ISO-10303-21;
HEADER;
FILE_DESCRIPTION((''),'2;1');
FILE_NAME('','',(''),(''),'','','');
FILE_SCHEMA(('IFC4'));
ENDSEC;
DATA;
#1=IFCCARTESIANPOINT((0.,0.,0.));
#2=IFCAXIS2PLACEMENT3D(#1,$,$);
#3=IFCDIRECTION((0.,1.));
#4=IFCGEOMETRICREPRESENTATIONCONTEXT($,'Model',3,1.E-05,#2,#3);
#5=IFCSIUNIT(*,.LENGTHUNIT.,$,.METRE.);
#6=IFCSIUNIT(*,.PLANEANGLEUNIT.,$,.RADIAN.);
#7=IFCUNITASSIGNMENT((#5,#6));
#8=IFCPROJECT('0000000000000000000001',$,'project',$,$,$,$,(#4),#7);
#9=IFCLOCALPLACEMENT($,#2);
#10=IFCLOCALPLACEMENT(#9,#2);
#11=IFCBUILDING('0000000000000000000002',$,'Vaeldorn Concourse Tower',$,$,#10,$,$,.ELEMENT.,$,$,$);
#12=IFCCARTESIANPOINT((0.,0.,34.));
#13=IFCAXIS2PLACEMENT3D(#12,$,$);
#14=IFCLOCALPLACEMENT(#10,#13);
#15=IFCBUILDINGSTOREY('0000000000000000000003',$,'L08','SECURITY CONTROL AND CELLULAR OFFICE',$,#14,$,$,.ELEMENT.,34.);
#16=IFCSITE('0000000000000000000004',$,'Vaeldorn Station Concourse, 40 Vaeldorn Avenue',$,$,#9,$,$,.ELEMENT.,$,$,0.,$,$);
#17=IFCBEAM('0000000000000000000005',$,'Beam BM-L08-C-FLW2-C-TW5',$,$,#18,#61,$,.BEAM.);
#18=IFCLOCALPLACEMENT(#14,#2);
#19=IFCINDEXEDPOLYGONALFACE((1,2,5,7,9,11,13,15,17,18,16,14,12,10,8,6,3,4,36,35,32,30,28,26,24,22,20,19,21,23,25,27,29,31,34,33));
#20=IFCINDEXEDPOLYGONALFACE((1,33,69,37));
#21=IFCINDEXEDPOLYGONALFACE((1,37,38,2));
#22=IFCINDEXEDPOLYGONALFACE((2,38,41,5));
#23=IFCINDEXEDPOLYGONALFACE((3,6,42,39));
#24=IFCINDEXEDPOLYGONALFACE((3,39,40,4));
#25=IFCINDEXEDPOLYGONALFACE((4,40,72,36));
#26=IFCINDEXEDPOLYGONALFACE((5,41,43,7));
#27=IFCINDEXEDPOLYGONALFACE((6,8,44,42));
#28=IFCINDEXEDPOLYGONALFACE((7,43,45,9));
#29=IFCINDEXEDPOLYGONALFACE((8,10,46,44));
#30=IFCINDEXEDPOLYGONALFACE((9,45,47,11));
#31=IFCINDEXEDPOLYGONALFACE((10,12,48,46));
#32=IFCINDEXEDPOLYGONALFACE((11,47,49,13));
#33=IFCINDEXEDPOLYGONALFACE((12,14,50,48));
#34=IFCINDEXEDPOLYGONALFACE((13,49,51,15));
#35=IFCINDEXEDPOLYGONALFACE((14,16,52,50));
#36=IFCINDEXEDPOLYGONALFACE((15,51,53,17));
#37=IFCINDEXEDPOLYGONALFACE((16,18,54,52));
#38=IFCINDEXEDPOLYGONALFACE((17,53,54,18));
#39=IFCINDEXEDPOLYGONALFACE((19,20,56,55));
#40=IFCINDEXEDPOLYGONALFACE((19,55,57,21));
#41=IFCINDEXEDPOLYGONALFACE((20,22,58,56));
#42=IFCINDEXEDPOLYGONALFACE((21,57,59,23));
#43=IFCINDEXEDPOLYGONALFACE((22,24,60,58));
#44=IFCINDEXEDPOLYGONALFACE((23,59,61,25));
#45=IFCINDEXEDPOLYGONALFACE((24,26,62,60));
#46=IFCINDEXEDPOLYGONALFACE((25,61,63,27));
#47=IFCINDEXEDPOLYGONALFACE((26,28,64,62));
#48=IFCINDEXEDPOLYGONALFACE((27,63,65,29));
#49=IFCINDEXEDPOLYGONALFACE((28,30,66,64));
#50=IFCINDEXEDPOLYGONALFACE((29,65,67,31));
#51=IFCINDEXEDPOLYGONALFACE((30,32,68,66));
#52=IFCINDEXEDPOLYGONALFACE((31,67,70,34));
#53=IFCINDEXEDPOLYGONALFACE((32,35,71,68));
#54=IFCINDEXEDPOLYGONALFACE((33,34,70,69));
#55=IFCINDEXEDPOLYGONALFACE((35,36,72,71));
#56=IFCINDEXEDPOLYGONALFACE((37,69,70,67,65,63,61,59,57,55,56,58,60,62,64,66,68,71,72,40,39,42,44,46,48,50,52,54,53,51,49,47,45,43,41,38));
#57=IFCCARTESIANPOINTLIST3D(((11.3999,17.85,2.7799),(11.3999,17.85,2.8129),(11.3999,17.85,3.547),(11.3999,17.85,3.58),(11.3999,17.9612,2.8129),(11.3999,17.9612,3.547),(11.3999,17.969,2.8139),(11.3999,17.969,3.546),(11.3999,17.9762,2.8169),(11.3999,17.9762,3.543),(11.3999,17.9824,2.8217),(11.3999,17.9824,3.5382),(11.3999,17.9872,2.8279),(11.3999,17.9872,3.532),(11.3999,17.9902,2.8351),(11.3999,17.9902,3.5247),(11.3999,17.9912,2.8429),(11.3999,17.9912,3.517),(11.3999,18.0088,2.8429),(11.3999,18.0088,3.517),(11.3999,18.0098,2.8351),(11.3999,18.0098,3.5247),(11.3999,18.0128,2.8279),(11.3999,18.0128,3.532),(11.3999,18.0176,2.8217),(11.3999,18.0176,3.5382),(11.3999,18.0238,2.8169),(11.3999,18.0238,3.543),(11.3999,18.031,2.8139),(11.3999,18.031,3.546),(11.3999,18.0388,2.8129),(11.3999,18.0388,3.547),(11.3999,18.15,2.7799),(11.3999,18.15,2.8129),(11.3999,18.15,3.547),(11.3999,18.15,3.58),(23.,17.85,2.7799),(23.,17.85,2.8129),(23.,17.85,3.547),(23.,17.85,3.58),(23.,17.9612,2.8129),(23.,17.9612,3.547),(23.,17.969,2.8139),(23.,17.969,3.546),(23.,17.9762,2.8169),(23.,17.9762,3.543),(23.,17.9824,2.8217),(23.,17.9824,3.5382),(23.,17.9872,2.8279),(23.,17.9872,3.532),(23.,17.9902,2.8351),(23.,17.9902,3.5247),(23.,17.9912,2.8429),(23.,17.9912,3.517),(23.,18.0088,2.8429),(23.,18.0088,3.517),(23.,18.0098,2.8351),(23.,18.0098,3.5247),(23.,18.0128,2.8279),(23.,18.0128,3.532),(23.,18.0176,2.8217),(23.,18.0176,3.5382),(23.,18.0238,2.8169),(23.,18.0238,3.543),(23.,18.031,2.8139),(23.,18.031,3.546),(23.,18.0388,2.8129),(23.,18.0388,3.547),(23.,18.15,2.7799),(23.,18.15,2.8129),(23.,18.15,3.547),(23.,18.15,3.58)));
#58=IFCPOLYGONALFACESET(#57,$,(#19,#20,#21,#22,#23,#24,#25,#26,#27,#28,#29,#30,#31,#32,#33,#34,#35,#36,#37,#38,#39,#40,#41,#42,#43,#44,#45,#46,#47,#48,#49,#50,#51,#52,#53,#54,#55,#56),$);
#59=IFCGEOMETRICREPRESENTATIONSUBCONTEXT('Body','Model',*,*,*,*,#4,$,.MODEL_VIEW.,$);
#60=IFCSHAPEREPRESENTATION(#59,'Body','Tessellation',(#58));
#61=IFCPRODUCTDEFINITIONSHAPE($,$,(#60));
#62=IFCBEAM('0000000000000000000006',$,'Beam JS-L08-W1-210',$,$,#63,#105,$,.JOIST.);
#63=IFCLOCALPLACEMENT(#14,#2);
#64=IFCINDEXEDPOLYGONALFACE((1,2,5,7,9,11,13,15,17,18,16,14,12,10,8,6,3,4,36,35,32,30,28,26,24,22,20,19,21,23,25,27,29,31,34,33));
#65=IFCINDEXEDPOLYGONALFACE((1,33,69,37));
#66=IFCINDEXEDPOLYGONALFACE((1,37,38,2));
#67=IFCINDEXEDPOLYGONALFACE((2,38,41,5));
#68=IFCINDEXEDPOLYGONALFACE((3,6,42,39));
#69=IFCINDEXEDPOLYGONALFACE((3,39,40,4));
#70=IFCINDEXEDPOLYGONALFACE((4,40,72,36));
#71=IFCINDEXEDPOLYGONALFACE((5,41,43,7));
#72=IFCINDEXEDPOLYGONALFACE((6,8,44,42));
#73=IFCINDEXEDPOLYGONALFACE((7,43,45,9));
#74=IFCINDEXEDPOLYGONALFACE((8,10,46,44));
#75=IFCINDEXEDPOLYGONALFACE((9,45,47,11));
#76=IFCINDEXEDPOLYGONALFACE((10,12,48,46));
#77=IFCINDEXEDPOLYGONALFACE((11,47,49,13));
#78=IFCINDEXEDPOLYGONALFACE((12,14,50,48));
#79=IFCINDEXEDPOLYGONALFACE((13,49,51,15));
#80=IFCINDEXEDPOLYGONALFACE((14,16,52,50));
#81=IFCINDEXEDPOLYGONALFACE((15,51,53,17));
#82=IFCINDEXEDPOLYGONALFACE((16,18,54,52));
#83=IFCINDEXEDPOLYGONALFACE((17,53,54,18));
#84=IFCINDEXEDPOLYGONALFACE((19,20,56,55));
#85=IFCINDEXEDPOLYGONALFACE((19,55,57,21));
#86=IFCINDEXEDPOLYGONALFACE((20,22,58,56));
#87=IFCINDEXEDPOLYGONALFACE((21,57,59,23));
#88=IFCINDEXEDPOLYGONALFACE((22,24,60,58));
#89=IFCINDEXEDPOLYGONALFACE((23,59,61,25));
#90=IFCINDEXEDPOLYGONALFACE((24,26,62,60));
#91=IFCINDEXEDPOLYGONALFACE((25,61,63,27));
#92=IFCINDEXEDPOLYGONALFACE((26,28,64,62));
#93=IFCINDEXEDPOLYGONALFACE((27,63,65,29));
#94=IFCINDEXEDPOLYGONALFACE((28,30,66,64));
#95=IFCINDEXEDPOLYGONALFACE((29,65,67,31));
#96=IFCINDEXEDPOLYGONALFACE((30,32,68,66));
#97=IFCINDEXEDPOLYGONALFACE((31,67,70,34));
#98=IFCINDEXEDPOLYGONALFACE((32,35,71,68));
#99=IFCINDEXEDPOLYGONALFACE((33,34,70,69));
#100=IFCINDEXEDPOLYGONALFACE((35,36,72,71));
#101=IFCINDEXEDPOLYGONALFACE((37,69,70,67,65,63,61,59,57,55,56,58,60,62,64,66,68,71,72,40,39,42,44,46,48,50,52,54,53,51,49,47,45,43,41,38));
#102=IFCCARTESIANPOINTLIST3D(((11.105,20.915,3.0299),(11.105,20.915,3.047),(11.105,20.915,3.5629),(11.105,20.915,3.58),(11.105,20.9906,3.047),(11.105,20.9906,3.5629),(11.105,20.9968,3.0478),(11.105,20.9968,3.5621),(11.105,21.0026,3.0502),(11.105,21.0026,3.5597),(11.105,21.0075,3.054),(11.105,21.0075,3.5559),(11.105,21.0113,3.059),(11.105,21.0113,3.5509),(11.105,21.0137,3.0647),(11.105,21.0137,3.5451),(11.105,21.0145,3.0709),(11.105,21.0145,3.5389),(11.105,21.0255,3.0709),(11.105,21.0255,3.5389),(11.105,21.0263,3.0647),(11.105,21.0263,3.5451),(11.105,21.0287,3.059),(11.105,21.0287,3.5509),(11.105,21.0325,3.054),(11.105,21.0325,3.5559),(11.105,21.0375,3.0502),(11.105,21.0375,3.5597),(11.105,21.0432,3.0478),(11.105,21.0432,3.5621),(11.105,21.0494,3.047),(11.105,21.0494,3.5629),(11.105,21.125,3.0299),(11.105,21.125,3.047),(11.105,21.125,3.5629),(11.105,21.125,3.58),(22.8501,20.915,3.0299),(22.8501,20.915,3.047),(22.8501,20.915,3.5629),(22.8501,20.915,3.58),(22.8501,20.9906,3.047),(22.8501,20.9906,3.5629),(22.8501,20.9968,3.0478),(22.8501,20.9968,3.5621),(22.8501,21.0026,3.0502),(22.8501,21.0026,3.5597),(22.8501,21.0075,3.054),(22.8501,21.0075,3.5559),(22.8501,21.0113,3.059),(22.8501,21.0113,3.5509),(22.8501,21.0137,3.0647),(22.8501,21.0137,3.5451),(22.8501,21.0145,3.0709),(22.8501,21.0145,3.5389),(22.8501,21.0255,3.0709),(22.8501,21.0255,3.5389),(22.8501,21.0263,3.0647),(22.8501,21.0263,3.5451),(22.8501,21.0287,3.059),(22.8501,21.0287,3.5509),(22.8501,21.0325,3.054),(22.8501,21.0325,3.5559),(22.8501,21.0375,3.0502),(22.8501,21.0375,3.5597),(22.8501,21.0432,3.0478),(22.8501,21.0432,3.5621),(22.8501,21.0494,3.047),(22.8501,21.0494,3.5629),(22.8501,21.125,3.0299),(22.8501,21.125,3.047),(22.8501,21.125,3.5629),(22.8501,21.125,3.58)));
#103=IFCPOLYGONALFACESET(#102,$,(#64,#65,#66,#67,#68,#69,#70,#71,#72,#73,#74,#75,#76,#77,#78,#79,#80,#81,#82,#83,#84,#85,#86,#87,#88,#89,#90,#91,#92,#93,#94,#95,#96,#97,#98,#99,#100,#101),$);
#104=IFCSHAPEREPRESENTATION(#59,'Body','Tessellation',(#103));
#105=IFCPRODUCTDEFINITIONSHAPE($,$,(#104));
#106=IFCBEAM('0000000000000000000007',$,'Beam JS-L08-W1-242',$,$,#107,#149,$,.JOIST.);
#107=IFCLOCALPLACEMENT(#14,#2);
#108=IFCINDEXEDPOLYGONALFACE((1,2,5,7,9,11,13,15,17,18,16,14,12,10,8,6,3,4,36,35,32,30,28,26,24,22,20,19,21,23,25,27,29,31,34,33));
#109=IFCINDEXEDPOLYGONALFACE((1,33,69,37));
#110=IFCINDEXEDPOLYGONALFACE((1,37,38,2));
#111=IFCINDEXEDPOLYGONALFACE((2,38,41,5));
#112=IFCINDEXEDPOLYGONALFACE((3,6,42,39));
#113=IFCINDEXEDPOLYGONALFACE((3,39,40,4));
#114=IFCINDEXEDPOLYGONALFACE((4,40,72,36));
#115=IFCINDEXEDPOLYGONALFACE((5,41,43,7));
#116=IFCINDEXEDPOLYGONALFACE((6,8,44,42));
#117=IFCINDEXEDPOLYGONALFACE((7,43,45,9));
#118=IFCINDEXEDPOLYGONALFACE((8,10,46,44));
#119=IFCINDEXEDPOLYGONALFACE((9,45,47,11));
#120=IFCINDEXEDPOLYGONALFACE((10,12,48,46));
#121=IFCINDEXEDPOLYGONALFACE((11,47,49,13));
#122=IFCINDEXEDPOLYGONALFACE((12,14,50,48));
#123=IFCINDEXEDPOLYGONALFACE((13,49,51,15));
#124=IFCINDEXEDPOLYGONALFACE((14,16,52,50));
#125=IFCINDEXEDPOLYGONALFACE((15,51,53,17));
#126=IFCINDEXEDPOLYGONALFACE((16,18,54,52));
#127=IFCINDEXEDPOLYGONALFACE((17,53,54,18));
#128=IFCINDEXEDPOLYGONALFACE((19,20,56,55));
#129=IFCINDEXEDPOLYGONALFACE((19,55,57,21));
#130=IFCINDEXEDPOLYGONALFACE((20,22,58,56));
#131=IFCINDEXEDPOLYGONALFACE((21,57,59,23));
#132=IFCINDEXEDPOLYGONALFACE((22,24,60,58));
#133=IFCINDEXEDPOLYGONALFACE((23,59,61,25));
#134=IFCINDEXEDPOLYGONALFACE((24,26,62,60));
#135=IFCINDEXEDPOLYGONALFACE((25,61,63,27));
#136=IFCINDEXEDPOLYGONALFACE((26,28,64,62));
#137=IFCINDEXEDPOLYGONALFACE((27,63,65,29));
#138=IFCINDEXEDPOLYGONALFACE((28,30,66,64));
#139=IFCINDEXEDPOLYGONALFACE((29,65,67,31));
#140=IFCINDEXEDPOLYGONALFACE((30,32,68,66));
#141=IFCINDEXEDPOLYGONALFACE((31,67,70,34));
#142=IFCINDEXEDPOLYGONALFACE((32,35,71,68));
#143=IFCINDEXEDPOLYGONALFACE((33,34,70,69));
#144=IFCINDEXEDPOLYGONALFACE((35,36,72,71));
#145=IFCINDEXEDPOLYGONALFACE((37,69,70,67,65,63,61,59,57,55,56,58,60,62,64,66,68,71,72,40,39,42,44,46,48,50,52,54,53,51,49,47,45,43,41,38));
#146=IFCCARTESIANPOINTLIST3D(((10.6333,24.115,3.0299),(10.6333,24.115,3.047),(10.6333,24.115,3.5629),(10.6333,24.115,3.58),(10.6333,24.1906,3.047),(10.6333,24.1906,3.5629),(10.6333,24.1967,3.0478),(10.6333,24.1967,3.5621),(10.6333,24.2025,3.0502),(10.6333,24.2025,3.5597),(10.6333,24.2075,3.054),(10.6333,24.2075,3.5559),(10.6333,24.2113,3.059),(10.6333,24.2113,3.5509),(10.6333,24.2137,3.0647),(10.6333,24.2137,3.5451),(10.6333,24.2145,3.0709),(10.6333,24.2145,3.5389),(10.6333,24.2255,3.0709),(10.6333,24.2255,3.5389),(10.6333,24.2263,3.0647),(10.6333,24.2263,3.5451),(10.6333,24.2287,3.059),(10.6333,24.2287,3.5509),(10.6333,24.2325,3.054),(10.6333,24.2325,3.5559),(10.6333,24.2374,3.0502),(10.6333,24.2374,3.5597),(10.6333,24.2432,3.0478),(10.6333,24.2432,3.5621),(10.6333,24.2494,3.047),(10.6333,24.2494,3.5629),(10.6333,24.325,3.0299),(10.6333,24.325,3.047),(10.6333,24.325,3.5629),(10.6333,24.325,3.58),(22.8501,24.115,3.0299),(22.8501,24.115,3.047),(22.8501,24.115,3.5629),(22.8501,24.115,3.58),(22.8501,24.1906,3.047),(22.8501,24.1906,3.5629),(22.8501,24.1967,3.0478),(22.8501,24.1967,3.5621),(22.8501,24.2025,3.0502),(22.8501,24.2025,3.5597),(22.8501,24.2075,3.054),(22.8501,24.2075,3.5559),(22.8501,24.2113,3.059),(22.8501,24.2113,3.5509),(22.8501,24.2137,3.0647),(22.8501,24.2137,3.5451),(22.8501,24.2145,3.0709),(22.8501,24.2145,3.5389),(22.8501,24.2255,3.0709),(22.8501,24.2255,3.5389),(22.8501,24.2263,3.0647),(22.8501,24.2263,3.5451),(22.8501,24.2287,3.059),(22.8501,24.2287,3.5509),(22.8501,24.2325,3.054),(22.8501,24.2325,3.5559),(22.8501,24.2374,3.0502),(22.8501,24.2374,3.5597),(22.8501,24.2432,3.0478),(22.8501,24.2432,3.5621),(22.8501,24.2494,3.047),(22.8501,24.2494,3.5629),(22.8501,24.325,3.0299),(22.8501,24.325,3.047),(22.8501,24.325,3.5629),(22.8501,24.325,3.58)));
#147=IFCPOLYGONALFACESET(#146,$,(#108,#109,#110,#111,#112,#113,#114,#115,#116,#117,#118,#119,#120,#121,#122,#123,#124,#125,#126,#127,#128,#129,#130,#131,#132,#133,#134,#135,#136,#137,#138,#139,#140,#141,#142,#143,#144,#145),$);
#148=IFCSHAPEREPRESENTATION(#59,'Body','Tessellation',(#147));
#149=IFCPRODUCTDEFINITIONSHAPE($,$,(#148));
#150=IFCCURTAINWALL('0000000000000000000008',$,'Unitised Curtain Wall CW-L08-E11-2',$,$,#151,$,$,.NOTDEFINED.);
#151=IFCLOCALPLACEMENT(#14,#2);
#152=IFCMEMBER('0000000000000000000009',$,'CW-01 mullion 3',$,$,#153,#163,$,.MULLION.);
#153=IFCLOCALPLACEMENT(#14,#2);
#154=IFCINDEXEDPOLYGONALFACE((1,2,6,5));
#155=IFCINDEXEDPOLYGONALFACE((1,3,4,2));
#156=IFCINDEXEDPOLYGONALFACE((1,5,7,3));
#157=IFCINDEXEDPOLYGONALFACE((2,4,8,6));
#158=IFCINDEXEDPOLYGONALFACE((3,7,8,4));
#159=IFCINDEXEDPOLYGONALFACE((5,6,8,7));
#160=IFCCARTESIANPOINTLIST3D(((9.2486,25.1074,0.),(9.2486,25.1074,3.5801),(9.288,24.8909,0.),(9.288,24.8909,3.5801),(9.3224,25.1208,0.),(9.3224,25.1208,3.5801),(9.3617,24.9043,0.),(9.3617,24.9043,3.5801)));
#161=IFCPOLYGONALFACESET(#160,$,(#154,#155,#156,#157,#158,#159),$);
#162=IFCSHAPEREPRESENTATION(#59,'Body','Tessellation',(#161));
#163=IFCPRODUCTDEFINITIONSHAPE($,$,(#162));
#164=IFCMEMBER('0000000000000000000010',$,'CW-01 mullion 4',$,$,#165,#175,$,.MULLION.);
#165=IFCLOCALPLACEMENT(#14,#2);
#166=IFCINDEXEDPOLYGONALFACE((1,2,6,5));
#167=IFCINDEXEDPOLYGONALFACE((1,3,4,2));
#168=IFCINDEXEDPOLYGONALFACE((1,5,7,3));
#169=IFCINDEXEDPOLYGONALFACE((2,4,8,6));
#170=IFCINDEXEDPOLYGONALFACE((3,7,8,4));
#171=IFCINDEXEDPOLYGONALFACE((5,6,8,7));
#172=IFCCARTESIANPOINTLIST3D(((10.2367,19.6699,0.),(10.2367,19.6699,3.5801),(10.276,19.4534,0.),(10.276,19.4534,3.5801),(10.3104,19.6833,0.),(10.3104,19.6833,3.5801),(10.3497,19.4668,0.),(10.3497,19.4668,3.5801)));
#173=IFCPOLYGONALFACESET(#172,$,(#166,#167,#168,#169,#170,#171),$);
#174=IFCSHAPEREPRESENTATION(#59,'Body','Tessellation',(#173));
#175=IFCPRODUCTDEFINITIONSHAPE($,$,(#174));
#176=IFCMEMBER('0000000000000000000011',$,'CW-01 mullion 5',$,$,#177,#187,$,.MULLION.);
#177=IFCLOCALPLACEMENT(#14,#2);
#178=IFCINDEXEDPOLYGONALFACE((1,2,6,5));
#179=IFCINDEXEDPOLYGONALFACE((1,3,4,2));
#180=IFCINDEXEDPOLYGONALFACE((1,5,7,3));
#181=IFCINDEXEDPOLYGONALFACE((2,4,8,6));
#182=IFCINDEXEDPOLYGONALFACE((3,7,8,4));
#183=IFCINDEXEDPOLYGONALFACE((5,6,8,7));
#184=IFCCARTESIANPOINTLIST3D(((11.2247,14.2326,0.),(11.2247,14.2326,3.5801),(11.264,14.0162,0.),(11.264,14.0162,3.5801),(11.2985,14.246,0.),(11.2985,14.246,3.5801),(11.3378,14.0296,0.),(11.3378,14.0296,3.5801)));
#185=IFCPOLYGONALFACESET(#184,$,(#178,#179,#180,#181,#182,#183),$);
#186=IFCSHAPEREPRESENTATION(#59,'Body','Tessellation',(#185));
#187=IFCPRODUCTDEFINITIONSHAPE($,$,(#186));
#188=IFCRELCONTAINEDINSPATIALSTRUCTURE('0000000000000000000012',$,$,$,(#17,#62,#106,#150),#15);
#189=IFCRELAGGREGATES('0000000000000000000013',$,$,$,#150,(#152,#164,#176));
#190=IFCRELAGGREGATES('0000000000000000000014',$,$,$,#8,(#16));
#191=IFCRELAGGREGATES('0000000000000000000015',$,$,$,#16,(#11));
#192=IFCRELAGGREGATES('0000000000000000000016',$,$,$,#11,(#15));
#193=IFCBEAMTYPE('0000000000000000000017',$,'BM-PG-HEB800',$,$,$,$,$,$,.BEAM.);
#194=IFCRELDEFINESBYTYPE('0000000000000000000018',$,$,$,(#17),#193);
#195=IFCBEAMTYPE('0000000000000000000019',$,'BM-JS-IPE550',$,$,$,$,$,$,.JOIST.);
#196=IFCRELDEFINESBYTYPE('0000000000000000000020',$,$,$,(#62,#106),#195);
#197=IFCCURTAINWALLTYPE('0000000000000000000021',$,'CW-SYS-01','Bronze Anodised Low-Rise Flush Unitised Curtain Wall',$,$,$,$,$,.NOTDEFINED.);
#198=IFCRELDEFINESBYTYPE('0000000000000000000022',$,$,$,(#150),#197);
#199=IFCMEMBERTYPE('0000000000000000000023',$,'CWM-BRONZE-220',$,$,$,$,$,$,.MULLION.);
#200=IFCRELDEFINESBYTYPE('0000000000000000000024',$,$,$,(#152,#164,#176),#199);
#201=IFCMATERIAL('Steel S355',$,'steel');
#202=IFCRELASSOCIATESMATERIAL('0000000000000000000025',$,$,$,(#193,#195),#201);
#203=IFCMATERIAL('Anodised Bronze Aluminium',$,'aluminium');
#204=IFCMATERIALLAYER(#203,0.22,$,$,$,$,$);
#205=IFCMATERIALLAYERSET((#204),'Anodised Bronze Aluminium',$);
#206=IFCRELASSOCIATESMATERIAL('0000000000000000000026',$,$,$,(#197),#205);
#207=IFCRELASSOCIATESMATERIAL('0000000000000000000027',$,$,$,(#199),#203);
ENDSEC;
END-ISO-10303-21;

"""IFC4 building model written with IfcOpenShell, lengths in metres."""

from ifc_helpers import new_model, si_unit, direction, frame, origin, origin_2d, place, context, subcontext, project, spatial, rectangle, i_section, extrude, source, transform, mapped, material, layer, layer_set, material_profile, profile_set, type_object, element, aggregate, save


model = new_model("IFC4")

# Units and contexts
model_context = context("Model", 3, precision=1e-05, world=origin(), true_north=direction((0.0, 1.0)))
body_context = subcontext(model_context, "Body", "Model", "MODEL_VIEW")
ifc_project = project(units=[si_unit("LENGTHUNIT", "METRE"), si_unit("PLANEANGLEUNIT", "RADIAN")], contexts=[model_context])

# Site, building, storey
site_placement = place(None, origin())
site = spatial("IfcSite", under=ifc_project, at=site_placement, Name="Vaeldorn Station Concourse, 40 Vaeldorn Avenue", CompositionType="ELEMENT", RefElevation=0.0)
building_placement = place(site_placement, origin())
building = spatial("IfcBuilding", under=site, at=building_placement, Name="Vaeldorn Concourse Tower", CompositionType="ELEMENT")
storey_placement = place(building_placement, frame((0.0, 0.0, 34.0)))
storey = spatial("IfcBuildingStorey", under=building, at=storey_placement, Name="L08", Description="SECURITY CONTROL AND CELLULAR OFFICE", CompositionType="ELEMENT", Elevation=34.0)

# Beams
ifc_material_1 = material(Name="Steel S355", Category="steel")
ifc_material_profile_1 = material_profile(ifc_material_1, i_section(OverallWidth=0.3, OverallDepth=0.8, WebThickness=0.0176, FlangeThickness=0.033, FilletRadius=0.03, at=origin_2d()), Name="HEB 800")
ifc_profile_set_1 = profile_set([ifc_material_profile_1], Name="Steel S355")
beam_type_1 = type_object("IfcBeamType", Name="BM-PG-HEB800", PredefinedType="BEAM", material=ifc_profile_set_1)
shared_shape_1 = source(origin(), body_context, "Body", "SweptSolid", [
    extrude(i_section(OverallWidth=0.3, OverallDepth=0.8, WebThickness=0.0176, FlangeThickness=0.033, FilletRadius=0.03, at=origin_2d()), origin(), (0.0, 0.0, 1.0), 11.6001),
])
beam_1_placement = place(storey_placement, frame((11.3999, 18.0, 3.1799), z_axis=(1.0, 0.0, 0.0), x_axis=(0.0, 1.0, 0.0)))
element("IfcBeam", 1, at=beam_1_placement, inside=storey, type_object=beam_type_1, Name="Beam BM-L08-C-FLW2-C-TW5", PredefinedType="BEAM", context=body_context, shape_type="MappedRepresentation", body=[
    mapped(shared_shape_1, transform((0.0, 0.0, 0.0), scale=1.0)),
])
ifc_material_profile_2 = material_profile(ifc_material_1, i_section(OverallWidth=0.21, OverallDepth=0.55, WebThickness=0.011, FlangeThickness=0.0171, FilletRadius=0.0239, at=origin_2d()), Name="IPE 550")
ifc_profile_set_2 = profile_set([ifc_material_profile_2], Name="Steel S355")
beam_type_2 = type_object("IfcBeamType", Name="BM-JS-IPE550", PredefinedType="JOIST", material=ifc_profile_set_2)
shared_shape_2 = source(origin(), body_context, "Body", "SweptSolid", [
    extrude(i_section(OverallWidth=0.21, OverallDepth=0.55, WebThickness=0.011, FlangeThickness=0.0171, FilletRadius=0.0239, at=origin_2d()), origin(), (0.0, 0.0, 1.0), 11.7451),
])
beam_2_placement = place(storey_placement, frame((11.105, 21.02, 3.3049), z_axis=(1.0, 0.0, 0.0), x_axis=(0.0, 1.0, 0.0)))
element("IfcBeam", 2, at=beam_2_placement, inside=storey, type_object=beam_type_2, Name="Beam JS-L08-W1-210", PredefinedType="JOIST", context=body_context, shape_type="MappedRepresentation", body=[
    mapped(shared_shape_2, transform((0.0, 0.0, 0.0), scale=1.0)),
])
shared_shape_3 = source(origin(), body_context, "Body", "SweptSolid", [
    extrude(i_section(OverallWidth=0.21, OverallDepth=0.55, WebThickness=0.011, FlangeThickness=0.0171, FilletRadius=0.0239, at=origin_2d()), origin(), (0.0, 0.0, 1.0), 12.2168),
])
beam_3_placement = place(storey_placement, frame((10.6333, 24.22, 3.3049), z_axis=(1.0, 0.0, 0.0), x_axis=(0.0, 1.0, 0.0)))
element("IfcBeam", 3, at=beam_3_placement, inside=storey, type_object=beam_type_2, Name="Beam JS-L08-W1-242", PredefinedType="JOIST", context=body_context, shape_type="MappedRepresentation", body=[
    mapped(shared_shape_3, transform((0.0, 0.0, 0.0), scale=1.0)),
])

# Curtain wall, members
ifc_material_2 = material(Name="Anodised Bronze Aluminium", Category="aluminium")
ifc_layer_1 = layer(ifc_material_2, 0.22)
ifc_layer_set_1 = layer_set([ifc_layer_1], Name="Anodised Bronze Aluminium")
curtain_wall_type = type_object("IfcCurtainWallType", Name="CW-SYS-01", Description="Bronze Anodised Low-Rise Flush Unitised Curtain Wall", PredefinedType="NOTDEFINED", material=ifc_layer_set_1)
curtain_wall_placement = place(storey_placement, origin())
curtain_wall = element("IfcCurtainWall", 4, at=curtain_wall_placement, inside=storey, type_object=curtain_wall_type, Name="Unitised Curtain Wall CW-L08-E11-2", PredefinedType="NOTDEFINED")
ifc_material_profile_3 = material_profile(ifc_material_2, rectangle(XDim=0.075, YDim=0.22, at=origin_2d()), Name="CWM 75x220")
ifc_profile_set_3 = profile_set([ifc_material_profile_3], Name="Anodised Bronze Aluminium")
member_type_1 = type_object("IfcMemberType", Name="CWM-BRONZE-220", PredefinedType="MULLION", material=ifc_profile_set_3)
shared_shape_4 = source(origin(), body_context, "Body", "SweptSolid", [
    extrude(rectangle(XDim=0.075, YDim=0.22, at=origin_2d()), origin(), (0.0, 0.0, 1.0), 3.5801),
])
member_1_placement = place(storey_placement, frame((9.3052, 25.0059, 0.0), z_axis=(0.0, 0.0, 1.0), x_axis=(0.98389, 0.178775, 0.0)))
member_1 = element("IfcMember", 5, at=member_1_placement, type_object=member_type_1, Name="CW-01 mullion 3", PredefinedType="MULLION", context=body_context, shape_type="MappedRepresentation", body=[
    mapped(shared_shape_4, transform((0.0, 0.0, 0.0), scale=1.0)),
])
member_2_placement = place(storey_placement, frame((10.2932, 19.5684, 0.0), z_axis=(0.0, 0.0, 1.0), x_axis=(0.98389, 0.178775, 0.0)))
member_2 = element("IfcMember", 6, at=member_2_placement, type_object=member_type_1, Name="CW-01 mullion 4", PredefinedType="MULLION", context=body_context, shape_type="MappedRepresentation", body=[
    mapped(shared_shape_4, transform((0.0, 0.0, 0.0), scale=1.0)),
])
member_3_placement = place(storey_placement, frame((11.2812, 14.1311, 0.0), z_axis=(0.0, 0.0, 1.0), x_axis=(0.98389, 0.178775, 0.0)))
member_3 = element("IfcMember", 7, at=member_3_placement, type_object=member_type_1, Name="CW-01 mullion 5", PredefinedType="MULLION", context=body_context, shape_type="MappedRepresentation", body=[
    mapped(shared_shape_4, transform((0.0, 0.0, 0.0), scale=1.0)),
])
aggregate(curtain_wall, [member_1, member_2, member_3])

save(model, "model.ifc")
